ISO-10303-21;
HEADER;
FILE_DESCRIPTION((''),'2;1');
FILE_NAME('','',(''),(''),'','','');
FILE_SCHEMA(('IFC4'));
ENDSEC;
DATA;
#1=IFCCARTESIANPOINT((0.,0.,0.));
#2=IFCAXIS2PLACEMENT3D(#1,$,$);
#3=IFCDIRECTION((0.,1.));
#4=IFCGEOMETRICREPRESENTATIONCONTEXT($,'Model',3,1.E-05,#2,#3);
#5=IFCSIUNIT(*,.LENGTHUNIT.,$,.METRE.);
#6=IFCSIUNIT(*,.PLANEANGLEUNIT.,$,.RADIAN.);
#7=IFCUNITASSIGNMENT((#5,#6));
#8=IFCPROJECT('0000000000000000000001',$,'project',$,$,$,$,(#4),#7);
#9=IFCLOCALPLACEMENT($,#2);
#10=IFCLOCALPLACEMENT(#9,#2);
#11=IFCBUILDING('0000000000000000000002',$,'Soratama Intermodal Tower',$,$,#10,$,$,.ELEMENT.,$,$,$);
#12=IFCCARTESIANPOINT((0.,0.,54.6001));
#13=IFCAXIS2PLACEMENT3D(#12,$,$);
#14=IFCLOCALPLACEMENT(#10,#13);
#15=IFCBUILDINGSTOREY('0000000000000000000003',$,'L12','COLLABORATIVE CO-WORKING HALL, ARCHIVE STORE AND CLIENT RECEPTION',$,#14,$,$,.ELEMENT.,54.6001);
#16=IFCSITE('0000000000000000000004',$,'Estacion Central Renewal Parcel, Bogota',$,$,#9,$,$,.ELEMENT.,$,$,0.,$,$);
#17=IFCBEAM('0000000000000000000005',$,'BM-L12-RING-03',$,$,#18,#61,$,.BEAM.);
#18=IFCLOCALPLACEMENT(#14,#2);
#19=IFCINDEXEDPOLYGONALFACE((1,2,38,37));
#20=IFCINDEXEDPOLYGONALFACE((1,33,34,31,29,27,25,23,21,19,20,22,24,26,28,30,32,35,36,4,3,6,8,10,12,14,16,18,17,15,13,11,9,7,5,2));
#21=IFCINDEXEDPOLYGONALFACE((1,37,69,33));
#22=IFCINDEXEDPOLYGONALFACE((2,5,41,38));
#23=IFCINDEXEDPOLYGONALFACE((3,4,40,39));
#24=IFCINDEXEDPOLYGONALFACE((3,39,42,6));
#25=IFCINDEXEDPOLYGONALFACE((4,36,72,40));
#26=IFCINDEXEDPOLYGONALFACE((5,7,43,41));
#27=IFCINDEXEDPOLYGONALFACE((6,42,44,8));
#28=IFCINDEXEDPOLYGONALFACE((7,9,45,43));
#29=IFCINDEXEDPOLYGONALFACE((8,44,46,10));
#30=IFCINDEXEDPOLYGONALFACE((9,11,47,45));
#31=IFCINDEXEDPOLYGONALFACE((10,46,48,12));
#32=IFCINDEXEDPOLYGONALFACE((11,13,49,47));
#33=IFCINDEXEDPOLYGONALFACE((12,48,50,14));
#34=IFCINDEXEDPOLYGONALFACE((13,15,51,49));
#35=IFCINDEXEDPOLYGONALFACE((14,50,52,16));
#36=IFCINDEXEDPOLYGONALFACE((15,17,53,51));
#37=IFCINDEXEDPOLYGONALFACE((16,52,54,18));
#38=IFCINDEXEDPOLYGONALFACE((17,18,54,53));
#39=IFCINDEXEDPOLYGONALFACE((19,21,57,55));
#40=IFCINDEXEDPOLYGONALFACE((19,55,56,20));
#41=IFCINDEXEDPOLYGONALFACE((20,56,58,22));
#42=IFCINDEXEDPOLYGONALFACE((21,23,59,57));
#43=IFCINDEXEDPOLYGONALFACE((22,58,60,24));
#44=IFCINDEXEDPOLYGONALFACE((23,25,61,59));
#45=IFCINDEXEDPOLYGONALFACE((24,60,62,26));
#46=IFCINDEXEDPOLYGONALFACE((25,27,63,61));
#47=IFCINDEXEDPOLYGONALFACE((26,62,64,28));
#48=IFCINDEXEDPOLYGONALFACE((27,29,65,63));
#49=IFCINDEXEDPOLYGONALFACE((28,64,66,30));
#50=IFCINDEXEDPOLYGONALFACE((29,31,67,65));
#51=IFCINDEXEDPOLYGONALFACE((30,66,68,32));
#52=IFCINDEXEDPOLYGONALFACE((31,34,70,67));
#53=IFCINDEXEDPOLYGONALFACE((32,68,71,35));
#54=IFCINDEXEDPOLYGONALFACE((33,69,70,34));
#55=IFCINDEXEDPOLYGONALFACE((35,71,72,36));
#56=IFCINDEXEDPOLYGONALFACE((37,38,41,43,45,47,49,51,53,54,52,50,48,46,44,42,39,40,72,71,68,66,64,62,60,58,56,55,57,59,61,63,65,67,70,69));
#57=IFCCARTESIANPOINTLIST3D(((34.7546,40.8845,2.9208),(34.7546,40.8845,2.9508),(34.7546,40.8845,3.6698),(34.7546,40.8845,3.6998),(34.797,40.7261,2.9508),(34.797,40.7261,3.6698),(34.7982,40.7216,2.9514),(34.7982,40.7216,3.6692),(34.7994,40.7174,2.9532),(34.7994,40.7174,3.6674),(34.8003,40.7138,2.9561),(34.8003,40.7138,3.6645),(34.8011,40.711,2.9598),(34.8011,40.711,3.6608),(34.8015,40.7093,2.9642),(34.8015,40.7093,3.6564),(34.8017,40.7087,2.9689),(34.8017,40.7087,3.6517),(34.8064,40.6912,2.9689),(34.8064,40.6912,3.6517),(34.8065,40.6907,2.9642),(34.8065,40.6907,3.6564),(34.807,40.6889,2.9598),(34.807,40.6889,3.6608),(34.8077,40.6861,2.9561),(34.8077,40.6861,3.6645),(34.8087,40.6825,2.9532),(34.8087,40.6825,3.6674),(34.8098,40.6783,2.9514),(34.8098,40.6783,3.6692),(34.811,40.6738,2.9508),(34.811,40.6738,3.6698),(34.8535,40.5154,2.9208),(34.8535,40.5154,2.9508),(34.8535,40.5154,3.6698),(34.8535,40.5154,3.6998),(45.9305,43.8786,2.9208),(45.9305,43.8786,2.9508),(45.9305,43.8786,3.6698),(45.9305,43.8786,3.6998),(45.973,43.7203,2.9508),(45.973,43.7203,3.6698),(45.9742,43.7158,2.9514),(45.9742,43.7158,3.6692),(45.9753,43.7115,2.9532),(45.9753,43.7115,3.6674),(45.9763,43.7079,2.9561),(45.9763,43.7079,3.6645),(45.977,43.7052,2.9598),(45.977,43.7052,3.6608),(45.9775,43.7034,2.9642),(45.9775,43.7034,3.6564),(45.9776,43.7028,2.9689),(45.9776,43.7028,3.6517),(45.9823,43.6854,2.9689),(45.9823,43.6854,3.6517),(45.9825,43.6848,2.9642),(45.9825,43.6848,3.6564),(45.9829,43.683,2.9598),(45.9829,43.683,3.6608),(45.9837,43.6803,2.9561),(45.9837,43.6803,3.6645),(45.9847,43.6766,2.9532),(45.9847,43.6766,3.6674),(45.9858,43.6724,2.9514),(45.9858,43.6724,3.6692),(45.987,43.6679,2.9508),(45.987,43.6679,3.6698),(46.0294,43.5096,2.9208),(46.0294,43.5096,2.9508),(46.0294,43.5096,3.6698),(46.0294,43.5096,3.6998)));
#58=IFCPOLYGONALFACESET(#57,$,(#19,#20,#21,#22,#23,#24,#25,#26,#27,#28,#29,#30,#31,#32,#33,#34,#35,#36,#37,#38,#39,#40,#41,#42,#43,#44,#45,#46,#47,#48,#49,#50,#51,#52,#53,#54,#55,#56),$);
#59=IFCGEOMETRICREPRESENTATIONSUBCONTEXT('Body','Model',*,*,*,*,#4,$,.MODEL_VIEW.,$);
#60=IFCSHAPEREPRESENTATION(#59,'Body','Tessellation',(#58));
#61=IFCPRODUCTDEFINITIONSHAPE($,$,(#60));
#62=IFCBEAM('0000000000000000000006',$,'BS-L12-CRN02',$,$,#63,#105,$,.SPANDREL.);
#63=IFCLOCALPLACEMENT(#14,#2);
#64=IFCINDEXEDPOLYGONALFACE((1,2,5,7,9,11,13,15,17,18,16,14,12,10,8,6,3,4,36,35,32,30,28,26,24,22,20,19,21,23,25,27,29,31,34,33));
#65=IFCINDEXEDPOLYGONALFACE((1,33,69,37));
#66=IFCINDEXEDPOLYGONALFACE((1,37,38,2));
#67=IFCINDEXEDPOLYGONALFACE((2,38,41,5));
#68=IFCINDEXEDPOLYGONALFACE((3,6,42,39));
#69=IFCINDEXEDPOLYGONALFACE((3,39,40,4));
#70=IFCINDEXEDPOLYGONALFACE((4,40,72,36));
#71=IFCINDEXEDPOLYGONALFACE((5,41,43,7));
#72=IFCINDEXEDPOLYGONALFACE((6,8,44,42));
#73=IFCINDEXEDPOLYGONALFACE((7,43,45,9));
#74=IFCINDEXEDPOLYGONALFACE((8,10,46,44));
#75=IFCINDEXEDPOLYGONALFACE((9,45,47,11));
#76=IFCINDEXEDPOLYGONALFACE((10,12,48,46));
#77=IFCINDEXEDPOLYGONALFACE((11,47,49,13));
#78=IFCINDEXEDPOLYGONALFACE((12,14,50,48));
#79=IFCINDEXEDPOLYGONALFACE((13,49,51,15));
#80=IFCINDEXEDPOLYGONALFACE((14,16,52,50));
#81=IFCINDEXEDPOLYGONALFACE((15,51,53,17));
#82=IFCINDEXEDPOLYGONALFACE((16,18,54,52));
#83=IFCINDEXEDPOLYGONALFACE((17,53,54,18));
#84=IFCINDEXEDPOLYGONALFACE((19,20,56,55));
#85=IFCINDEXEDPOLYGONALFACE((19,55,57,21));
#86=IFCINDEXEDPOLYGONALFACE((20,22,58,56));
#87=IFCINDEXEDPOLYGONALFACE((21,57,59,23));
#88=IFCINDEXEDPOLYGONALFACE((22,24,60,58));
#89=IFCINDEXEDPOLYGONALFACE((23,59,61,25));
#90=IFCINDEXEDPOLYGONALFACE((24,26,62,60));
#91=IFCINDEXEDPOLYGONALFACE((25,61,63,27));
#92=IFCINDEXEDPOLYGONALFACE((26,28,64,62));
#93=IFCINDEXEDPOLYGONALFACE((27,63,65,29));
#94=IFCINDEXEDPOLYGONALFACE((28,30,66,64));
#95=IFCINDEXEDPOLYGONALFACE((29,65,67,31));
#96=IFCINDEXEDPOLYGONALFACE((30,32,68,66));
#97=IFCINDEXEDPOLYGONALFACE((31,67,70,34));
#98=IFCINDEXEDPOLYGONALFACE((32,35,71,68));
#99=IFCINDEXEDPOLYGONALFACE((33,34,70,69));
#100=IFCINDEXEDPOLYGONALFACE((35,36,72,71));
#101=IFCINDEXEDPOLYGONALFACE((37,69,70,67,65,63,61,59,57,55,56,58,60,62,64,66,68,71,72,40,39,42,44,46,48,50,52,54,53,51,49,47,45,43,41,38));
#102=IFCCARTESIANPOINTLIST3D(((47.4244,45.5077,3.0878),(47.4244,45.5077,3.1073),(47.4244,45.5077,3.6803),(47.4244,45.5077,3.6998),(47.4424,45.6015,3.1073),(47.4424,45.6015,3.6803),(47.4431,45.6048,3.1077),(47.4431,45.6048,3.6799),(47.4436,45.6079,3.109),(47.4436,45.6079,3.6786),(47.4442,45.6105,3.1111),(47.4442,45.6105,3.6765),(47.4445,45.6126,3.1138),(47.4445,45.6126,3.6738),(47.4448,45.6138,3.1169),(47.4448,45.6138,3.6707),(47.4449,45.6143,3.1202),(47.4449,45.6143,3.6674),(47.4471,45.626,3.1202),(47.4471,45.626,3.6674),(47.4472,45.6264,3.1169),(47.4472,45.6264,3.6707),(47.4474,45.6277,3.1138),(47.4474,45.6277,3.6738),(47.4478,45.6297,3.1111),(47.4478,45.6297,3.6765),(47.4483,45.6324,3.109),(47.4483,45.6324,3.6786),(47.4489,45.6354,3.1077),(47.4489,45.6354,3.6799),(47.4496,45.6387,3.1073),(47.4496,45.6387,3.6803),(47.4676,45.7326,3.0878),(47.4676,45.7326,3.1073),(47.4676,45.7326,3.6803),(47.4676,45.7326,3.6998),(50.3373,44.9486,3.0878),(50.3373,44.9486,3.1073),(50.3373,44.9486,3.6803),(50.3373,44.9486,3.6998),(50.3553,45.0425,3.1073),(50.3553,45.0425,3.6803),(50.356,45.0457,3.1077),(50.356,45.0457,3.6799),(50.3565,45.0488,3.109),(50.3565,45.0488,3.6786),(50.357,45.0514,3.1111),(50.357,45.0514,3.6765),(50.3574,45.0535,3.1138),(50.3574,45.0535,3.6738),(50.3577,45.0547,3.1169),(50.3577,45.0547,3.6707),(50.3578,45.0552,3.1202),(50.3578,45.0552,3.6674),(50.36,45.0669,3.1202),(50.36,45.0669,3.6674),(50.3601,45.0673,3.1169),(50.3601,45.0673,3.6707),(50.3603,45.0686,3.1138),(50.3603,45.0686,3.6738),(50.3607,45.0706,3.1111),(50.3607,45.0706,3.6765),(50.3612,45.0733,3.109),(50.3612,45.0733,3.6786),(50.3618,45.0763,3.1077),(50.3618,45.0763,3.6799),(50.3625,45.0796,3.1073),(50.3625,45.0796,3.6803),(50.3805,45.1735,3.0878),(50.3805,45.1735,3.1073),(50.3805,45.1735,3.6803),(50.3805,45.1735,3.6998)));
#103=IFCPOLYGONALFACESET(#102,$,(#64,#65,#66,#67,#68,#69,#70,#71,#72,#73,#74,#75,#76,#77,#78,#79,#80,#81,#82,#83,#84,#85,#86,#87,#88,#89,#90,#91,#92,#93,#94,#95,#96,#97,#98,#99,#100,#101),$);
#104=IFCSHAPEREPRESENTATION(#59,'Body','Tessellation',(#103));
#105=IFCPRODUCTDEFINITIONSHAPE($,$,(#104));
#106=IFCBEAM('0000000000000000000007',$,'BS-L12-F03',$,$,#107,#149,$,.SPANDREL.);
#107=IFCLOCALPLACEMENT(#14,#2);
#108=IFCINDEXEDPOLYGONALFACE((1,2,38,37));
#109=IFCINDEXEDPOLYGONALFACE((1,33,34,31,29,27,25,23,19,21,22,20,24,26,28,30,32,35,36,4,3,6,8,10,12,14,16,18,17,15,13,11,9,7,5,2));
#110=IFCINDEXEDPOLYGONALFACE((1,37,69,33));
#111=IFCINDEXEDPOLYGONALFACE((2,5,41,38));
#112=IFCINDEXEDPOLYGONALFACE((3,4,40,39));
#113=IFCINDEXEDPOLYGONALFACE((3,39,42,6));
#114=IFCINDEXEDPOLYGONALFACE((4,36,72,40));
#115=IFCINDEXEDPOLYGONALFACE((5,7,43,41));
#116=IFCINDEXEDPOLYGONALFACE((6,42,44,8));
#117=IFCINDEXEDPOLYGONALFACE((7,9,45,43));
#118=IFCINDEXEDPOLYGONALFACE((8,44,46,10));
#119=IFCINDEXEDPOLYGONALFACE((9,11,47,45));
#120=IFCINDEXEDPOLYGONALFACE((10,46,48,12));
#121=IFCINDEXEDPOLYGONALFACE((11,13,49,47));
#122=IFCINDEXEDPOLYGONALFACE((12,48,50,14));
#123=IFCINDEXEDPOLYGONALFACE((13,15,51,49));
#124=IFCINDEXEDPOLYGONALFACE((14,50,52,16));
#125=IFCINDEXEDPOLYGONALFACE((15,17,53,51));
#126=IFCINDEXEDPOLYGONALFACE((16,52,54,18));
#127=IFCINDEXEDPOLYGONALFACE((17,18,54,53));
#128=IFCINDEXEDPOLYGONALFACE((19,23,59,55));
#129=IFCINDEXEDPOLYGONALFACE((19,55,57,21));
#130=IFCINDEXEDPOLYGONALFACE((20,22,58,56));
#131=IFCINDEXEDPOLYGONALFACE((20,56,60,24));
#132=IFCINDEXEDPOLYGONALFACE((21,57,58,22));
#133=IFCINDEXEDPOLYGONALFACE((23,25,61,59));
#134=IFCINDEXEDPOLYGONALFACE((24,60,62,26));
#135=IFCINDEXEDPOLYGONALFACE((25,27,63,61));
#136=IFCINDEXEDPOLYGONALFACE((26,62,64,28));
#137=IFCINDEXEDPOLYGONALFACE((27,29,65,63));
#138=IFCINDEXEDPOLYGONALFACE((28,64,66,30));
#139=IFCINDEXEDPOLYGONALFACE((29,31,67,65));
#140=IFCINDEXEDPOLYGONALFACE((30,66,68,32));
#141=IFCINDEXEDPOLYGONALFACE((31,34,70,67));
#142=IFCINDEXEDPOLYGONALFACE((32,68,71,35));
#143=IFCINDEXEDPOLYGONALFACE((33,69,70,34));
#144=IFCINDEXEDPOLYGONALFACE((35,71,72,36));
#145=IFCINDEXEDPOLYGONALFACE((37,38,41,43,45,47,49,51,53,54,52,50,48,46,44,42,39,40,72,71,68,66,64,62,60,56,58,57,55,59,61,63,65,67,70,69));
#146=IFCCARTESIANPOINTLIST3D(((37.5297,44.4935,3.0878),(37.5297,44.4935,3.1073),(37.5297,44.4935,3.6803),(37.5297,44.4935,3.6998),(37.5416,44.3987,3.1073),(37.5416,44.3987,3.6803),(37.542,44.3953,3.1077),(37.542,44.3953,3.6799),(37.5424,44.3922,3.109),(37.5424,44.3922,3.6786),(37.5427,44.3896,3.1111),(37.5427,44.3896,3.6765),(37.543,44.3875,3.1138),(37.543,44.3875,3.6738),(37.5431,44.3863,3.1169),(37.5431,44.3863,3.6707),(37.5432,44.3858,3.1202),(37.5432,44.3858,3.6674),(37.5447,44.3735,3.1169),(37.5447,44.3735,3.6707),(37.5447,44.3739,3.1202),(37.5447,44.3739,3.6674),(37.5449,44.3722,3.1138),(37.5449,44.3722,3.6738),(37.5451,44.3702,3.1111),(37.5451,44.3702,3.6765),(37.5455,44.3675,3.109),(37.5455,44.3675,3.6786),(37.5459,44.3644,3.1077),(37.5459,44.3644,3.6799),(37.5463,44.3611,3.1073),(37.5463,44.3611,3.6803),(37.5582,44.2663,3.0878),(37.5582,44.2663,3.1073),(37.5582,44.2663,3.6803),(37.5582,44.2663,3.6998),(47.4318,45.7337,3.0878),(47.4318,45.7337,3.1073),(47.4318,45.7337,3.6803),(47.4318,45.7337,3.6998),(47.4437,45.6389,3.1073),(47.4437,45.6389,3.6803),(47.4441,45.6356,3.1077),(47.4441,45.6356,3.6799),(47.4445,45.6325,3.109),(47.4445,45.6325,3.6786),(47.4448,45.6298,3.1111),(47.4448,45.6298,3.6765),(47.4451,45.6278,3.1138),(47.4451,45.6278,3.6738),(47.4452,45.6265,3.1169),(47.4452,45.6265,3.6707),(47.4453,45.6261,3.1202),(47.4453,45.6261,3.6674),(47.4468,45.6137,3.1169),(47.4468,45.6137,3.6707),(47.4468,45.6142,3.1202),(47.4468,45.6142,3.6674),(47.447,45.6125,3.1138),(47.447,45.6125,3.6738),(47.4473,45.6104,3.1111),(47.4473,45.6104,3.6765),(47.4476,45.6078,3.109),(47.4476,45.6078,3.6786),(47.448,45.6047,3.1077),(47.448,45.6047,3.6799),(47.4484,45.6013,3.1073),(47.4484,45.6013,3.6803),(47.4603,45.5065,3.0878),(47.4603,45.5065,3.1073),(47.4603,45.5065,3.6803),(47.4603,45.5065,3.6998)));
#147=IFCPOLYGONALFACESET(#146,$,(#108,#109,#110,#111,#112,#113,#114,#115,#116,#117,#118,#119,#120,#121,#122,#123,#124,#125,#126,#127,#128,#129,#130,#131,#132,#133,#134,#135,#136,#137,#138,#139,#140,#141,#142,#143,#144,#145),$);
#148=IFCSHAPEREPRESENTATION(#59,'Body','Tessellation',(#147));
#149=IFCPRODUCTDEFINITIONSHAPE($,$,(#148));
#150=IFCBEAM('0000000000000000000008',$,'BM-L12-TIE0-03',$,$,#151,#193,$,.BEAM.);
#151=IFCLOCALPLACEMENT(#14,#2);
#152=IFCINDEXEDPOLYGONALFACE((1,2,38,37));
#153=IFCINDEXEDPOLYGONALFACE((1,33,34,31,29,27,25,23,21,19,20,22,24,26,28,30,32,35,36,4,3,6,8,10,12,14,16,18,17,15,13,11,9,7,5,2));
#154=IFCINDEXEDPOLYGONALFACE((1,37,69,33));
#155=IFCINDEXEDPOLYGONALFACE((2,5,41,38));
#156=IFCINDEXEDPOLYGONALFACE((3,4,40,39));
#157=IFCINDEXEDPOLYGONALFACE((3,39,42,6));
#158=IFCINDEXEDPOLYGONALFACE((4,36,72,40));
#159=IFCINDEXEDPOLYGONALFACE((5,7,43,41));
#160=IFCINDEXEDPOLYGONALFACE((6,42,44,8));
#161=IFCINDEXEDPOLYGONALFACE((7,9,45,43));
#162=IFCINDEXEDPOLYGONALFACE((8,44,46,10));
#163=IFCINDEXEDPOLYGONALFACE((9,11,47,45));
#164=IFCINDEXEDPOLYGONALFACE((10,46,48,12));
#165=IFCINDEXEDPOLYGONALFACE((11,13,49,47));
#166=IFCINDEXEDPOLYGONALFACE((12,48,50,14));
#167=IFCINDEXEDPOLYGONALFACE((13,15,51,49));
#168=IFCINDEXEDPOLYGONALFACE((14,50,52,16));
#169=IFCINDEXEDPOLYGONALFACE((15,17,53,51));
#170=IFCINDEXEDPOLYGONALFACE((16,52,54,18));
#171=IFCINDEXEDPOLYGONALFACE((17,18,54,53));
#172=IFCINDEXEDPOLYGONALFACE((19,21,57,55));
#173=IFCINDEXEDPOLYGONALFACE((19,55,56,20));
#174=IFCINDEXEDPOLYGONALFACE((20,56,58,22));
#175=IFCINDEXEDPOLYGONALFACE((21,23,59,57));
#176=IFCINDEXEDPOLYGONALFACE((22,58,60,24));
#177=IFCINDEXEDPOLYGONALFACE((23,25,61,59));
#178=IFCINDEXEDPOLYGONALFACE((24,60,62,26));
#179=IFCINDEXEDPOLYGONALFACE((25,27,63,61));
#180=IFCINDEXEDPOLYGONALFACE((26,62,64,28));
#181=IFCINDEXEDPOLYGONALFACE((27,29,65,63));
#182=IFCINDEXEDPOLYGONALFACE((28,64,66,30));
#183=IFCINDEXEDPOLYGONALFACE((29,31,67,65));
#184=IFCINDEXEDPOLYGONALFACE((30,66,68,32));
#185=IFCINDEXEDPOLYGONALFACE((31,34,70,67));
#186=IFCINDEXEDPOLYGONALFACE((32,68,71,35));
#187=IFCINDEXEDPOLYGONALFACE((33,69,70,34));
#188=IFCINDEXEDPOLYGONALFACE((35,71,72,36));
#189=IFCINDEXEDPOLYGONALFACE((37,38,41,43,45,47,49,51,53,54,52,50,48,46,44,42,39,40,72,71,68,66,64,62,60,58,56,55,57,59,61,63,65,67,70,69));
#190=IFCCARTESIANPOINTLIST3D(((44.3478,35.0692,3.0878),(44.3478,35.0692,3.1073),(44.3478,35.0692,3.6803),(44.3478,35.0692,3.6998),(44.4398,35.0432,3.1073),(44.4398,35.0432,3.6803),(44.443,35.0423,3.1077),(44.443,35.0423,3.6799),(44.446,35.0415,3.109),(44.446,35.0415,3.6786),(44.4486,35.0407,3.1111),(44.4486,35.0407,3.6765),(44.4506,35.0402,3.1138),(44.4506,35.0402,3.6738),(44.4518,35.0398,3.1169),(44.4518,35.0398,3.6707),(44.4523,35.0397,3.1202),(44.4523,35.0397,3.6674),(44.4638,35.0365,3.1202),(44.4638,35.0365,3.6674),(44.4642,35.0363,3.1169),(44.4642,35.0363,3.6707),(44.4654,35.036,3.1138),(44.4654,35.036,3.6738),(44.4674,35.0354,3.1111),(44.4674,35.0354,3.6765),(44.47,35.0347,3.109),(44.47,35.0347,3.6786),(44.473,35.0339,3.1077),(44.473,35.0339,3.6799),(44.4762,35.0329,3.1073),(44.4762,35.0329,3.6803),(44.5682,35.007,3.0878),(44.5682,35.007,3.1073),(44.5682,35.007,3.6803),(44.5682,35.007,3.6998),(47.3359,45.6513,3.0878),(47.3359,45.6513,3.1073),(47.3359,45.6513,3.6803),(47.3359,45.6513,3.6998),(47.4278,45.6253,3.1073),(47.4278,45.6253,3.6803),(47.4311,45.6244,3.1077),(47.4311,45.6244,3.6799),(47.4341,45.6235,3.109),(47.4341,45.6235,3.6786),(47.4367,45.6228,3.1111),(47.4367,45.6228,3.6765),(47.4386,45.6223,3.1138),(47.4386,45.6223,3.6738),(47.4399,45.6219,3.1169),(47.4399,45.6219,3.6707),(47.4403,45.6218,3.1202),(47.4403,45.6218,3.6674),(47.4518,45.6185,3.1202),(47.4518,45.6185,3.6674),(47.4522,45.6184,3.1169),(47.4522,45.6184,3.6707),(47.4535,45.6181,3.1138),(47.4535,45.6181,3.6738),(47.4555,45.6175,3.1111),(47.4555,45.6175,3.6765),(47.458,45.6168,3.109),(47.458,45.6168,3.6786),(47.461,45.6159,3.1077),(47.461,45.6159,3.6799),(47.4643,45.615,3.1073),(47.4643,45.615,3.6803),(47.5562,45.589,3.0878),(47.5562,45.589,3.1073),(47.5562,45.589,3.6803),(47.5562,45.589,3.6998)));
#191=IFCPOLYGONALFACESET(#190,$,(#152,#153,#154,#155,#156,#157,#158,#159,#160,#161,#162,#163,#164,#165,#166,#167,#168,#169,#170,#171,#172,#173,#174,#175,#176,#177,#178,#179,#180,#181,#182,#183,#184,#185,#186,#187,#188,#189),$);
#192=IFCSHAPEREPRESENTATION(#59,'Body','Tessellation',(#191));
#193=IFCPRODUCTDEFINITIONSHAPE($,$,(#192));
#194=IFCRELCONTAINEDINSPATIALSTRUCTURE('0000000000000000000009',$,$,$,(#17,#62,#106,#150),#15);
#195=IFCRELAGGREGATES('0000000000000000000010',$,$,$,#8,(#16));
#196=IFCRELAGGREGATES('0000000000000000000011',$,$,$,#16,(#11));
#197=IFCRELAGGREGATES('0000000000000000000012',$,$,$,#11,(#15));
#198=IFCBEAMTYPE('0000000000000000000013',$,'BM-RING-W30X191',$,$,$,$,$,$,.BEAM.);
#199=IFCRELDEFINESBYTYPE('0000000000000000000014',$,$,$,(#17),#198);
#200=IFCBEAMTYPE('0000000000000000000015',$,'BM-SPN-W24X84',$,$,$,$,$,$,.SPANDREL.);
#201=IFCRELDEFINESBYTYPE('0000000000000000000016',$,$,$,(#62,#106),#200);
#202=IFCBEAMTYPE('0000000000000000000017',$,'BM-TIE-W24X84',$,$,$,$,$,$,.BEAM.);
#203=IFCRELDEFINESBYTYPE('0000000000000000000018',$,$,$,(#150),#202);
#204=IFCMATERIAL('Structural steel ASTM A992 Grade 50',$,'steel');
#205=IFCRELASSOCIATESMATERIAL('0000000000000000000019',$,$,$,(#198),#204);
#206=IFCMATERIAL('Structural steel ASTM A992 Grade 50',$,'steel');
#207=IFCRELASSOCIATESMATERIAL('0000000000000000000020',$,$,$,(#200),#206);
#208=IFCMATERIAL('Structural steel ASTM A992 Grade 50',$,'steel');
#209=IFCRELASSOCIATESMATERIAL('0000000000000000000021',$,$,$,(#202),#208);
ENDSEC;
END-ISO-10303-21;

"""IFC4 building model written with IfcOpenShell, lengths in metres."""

from ifc_helpers import new_model, si_unit, direction, frame, origin, origin_2d, place, context, subcontext, project, spatial, i_section, extrude, material, material_profile, profile_set, type_object, element, save


model = new_model("IFC4")

# Units and contexts
model_context = context("Model", 3, precision=1e-05, world=origin(), true_north=direction((0.0, 1.0)))
body_context = subcontext(model_context, "Body", "Model", "MODEL_VIEW")
ifc_project = project(units=[si_unit("LENGTHUNIT", "METRE"), si_unit("PLANEANGLEUNIT", "RADIAN")], contexts=[model_context])

# Site, building, storey
site_placement = place(None, origin())
site = spatial("IfcSite", under=ifc_project, at=site_placement, Name="Estacion Central Renewal Parcel, Bogota", CompositionType="ELEMENT", RefElevation=0.0)
building_placement = place(site_placement, origin())
building = spatial("IfcBuilding", under=site, at=building_placement, Name="Soratama Intermodal Tower", CompositionType="ELEMENT")
storey_placement = place(building_placement, frame((0.0, 0.0, 54.6001)))
storey = spatial("IfcBuildingStorey", under=building, at=storey_placement, Name="L12", Description="COLLABORATIVE CO-WORKING HALL, ARCHIVE STORE AND CLIENT RECEPTION", CompositionType="ELEMENT", Elevation=54.6001)

# Beams
ifc_material_1 = material(Name="Structural steel ASTM A992 Grade 50", Category="steel")
ifc_material_profile_1 = material_profile(ifc_material_1, i_section(OverallWidth=0.3821, OverallDepth=0.7791, WebThickness=0.0181, FlangeThickness=0.03, FilletRadius=0.0181, at=origin_2d()), Name="W30X191")
ifc_profile_set_1 = profile_set([ifc_material_profile_1], Name="Structural steel ASTM A992 Grade 50")
beam_type_1 = type_object("IfcBeamType", Name="BM-RING-W30X191", PredefinedType="BEAM", material=ifc_profile_set_1)
beam_1_placement = place(storey_placement, frame((45.98, 43.6941, 3.3103), z_axis=(-0.965936, -0.258781, 0.0), x_axis=(0.258781, -0.965936, 0.0)))
element("IfcBeam", 1, at=beam_1_placement, inside=storey, type_object=beam_type_1, Name="BM-L12-RING-03", PredefinedType="BEAM", context=body_context, shape_type="SweptSolid", body=[
    extrude(i_section(OverallWidth=0.3821, OverallDepth=0.7791, WebThickness=0.0181, FlangeThickness=0.03, FilletRadius=0.0181, at=origin_2d()), origin(), (0.0, 0.0, 1.0), 11.5701),
])
ifc_material_2 = material(Name="Structural steel ASTM A992 Grade 50", Category="steel")
ifc_material_profile_2 = material_profile(ifc_material_2, i_section(OverallWidth=0.229, OverallDepth=0.6121, WebThickness=0.012, FlangeThickness=0.0195, FilletRadius=0.0129, at=origin_2d()), Name="W24X84")
ifc_profile_set_2 = profile_set([ifc_material_profile_2], Name="Structural steel ASTM A992 Grade 50")
beam_type_2 = type_object("IfcBeamType", Name="BM-SPN-W24X84", PredefinedType="SPANDREL", material=ifc_profile_set_2)
beam_2_placement = place(storey_placement, frame((50.3589, 45.061, 3.3938), z_axis=(-0.982074, 0.188496, 0.0), x_axis=(-0.188496, -0.982074, 0.0)))
element("IfcBeam", 2, at=beam_2_placement, inside=storey, type_object=beam_type_2, Name="BS-L12-CRN02", PredefinedType="SPANDREL", context=body_context, shape_type="SweptSolid", body=[
    extrude(i_section(OverallWidth=0.229, OverallDepth=0.6121, WebThickness=0.012, FlangeThickness=0.0195, FilletRadius=0.0129, at=origin_2d()), origin(), (0.0, 0.0, 1.0), 2.9661),
])
beam_3_placement = place(storey_placement, frame((47.446, 45.6201, 3.3938), z_axis=(-0.992247, -0.124279, 0.0), x_axis=(0.124279, -0.992247, 0.0)))
element("IfcBeam", 3, at=beam_3_placement, inside=storey, type_object=beam_type_2, Name="BS-L12-F03", PredefinedType="SPANDREL", context=body_context, shape_type="SweptSolid", body=[
    extrude(i_section(OverallWidth=0.229, OverallDepth=0.6121, WebThickness=0.012, FlangeThickness=0.0195, FilletRadius=0.0129, at=origin_2d()), origin(), (0.0, 0.0, 1.0), 9.9795),
])
ifc_material_3 = material(Name="Structural steel ASTM A992 Grade 50", Category="steel")
ifc_material_profile_3 = material_profile(ifc_material_3, i_section(OverallWidth=0.229, OverallDepth=0.6121, WebThickness=0.012, FlangeThickness=0.0195, FilletRadius=0.0129, at=origin_2d()), Name="W24X84")
ifc_profile_set_3 = profile_set([ifc_material_profile_3], Name="Structural steel ASTM A992 Grade 50")
beam_type_3 = type_object("IfcBeamType", Name="BM-TIE-W24X84", PredefinedType="BEAM", material=ifc_profile_set_3)
beam_4_placement = place(storey_placement, frame((44.458, 35.0381, 3.3938), z_axis=(0.271743, 0.96237, 0.0), x_axis=(-0.96237, 0.271743, 0.0)))
element("IfcBeam", 4, at=beam_4_placement, inside=storey, type_object=beam_type_3, Name="BM-L12-TIE0-03", PredefinedType="BEAM", context=body_context, shape_type="SweptSolid", body=[
    extrude(i_section(OverallWidth=0.229, OverallDepth=0.6121, WebThickness=0.012, FlangeThickness=0.0195, FilletRadius=0.0129, at=origin_2d()), origin(), (0.0, 0.0, 1.0), 10.9958),
])

save(model, "model.ifc")
